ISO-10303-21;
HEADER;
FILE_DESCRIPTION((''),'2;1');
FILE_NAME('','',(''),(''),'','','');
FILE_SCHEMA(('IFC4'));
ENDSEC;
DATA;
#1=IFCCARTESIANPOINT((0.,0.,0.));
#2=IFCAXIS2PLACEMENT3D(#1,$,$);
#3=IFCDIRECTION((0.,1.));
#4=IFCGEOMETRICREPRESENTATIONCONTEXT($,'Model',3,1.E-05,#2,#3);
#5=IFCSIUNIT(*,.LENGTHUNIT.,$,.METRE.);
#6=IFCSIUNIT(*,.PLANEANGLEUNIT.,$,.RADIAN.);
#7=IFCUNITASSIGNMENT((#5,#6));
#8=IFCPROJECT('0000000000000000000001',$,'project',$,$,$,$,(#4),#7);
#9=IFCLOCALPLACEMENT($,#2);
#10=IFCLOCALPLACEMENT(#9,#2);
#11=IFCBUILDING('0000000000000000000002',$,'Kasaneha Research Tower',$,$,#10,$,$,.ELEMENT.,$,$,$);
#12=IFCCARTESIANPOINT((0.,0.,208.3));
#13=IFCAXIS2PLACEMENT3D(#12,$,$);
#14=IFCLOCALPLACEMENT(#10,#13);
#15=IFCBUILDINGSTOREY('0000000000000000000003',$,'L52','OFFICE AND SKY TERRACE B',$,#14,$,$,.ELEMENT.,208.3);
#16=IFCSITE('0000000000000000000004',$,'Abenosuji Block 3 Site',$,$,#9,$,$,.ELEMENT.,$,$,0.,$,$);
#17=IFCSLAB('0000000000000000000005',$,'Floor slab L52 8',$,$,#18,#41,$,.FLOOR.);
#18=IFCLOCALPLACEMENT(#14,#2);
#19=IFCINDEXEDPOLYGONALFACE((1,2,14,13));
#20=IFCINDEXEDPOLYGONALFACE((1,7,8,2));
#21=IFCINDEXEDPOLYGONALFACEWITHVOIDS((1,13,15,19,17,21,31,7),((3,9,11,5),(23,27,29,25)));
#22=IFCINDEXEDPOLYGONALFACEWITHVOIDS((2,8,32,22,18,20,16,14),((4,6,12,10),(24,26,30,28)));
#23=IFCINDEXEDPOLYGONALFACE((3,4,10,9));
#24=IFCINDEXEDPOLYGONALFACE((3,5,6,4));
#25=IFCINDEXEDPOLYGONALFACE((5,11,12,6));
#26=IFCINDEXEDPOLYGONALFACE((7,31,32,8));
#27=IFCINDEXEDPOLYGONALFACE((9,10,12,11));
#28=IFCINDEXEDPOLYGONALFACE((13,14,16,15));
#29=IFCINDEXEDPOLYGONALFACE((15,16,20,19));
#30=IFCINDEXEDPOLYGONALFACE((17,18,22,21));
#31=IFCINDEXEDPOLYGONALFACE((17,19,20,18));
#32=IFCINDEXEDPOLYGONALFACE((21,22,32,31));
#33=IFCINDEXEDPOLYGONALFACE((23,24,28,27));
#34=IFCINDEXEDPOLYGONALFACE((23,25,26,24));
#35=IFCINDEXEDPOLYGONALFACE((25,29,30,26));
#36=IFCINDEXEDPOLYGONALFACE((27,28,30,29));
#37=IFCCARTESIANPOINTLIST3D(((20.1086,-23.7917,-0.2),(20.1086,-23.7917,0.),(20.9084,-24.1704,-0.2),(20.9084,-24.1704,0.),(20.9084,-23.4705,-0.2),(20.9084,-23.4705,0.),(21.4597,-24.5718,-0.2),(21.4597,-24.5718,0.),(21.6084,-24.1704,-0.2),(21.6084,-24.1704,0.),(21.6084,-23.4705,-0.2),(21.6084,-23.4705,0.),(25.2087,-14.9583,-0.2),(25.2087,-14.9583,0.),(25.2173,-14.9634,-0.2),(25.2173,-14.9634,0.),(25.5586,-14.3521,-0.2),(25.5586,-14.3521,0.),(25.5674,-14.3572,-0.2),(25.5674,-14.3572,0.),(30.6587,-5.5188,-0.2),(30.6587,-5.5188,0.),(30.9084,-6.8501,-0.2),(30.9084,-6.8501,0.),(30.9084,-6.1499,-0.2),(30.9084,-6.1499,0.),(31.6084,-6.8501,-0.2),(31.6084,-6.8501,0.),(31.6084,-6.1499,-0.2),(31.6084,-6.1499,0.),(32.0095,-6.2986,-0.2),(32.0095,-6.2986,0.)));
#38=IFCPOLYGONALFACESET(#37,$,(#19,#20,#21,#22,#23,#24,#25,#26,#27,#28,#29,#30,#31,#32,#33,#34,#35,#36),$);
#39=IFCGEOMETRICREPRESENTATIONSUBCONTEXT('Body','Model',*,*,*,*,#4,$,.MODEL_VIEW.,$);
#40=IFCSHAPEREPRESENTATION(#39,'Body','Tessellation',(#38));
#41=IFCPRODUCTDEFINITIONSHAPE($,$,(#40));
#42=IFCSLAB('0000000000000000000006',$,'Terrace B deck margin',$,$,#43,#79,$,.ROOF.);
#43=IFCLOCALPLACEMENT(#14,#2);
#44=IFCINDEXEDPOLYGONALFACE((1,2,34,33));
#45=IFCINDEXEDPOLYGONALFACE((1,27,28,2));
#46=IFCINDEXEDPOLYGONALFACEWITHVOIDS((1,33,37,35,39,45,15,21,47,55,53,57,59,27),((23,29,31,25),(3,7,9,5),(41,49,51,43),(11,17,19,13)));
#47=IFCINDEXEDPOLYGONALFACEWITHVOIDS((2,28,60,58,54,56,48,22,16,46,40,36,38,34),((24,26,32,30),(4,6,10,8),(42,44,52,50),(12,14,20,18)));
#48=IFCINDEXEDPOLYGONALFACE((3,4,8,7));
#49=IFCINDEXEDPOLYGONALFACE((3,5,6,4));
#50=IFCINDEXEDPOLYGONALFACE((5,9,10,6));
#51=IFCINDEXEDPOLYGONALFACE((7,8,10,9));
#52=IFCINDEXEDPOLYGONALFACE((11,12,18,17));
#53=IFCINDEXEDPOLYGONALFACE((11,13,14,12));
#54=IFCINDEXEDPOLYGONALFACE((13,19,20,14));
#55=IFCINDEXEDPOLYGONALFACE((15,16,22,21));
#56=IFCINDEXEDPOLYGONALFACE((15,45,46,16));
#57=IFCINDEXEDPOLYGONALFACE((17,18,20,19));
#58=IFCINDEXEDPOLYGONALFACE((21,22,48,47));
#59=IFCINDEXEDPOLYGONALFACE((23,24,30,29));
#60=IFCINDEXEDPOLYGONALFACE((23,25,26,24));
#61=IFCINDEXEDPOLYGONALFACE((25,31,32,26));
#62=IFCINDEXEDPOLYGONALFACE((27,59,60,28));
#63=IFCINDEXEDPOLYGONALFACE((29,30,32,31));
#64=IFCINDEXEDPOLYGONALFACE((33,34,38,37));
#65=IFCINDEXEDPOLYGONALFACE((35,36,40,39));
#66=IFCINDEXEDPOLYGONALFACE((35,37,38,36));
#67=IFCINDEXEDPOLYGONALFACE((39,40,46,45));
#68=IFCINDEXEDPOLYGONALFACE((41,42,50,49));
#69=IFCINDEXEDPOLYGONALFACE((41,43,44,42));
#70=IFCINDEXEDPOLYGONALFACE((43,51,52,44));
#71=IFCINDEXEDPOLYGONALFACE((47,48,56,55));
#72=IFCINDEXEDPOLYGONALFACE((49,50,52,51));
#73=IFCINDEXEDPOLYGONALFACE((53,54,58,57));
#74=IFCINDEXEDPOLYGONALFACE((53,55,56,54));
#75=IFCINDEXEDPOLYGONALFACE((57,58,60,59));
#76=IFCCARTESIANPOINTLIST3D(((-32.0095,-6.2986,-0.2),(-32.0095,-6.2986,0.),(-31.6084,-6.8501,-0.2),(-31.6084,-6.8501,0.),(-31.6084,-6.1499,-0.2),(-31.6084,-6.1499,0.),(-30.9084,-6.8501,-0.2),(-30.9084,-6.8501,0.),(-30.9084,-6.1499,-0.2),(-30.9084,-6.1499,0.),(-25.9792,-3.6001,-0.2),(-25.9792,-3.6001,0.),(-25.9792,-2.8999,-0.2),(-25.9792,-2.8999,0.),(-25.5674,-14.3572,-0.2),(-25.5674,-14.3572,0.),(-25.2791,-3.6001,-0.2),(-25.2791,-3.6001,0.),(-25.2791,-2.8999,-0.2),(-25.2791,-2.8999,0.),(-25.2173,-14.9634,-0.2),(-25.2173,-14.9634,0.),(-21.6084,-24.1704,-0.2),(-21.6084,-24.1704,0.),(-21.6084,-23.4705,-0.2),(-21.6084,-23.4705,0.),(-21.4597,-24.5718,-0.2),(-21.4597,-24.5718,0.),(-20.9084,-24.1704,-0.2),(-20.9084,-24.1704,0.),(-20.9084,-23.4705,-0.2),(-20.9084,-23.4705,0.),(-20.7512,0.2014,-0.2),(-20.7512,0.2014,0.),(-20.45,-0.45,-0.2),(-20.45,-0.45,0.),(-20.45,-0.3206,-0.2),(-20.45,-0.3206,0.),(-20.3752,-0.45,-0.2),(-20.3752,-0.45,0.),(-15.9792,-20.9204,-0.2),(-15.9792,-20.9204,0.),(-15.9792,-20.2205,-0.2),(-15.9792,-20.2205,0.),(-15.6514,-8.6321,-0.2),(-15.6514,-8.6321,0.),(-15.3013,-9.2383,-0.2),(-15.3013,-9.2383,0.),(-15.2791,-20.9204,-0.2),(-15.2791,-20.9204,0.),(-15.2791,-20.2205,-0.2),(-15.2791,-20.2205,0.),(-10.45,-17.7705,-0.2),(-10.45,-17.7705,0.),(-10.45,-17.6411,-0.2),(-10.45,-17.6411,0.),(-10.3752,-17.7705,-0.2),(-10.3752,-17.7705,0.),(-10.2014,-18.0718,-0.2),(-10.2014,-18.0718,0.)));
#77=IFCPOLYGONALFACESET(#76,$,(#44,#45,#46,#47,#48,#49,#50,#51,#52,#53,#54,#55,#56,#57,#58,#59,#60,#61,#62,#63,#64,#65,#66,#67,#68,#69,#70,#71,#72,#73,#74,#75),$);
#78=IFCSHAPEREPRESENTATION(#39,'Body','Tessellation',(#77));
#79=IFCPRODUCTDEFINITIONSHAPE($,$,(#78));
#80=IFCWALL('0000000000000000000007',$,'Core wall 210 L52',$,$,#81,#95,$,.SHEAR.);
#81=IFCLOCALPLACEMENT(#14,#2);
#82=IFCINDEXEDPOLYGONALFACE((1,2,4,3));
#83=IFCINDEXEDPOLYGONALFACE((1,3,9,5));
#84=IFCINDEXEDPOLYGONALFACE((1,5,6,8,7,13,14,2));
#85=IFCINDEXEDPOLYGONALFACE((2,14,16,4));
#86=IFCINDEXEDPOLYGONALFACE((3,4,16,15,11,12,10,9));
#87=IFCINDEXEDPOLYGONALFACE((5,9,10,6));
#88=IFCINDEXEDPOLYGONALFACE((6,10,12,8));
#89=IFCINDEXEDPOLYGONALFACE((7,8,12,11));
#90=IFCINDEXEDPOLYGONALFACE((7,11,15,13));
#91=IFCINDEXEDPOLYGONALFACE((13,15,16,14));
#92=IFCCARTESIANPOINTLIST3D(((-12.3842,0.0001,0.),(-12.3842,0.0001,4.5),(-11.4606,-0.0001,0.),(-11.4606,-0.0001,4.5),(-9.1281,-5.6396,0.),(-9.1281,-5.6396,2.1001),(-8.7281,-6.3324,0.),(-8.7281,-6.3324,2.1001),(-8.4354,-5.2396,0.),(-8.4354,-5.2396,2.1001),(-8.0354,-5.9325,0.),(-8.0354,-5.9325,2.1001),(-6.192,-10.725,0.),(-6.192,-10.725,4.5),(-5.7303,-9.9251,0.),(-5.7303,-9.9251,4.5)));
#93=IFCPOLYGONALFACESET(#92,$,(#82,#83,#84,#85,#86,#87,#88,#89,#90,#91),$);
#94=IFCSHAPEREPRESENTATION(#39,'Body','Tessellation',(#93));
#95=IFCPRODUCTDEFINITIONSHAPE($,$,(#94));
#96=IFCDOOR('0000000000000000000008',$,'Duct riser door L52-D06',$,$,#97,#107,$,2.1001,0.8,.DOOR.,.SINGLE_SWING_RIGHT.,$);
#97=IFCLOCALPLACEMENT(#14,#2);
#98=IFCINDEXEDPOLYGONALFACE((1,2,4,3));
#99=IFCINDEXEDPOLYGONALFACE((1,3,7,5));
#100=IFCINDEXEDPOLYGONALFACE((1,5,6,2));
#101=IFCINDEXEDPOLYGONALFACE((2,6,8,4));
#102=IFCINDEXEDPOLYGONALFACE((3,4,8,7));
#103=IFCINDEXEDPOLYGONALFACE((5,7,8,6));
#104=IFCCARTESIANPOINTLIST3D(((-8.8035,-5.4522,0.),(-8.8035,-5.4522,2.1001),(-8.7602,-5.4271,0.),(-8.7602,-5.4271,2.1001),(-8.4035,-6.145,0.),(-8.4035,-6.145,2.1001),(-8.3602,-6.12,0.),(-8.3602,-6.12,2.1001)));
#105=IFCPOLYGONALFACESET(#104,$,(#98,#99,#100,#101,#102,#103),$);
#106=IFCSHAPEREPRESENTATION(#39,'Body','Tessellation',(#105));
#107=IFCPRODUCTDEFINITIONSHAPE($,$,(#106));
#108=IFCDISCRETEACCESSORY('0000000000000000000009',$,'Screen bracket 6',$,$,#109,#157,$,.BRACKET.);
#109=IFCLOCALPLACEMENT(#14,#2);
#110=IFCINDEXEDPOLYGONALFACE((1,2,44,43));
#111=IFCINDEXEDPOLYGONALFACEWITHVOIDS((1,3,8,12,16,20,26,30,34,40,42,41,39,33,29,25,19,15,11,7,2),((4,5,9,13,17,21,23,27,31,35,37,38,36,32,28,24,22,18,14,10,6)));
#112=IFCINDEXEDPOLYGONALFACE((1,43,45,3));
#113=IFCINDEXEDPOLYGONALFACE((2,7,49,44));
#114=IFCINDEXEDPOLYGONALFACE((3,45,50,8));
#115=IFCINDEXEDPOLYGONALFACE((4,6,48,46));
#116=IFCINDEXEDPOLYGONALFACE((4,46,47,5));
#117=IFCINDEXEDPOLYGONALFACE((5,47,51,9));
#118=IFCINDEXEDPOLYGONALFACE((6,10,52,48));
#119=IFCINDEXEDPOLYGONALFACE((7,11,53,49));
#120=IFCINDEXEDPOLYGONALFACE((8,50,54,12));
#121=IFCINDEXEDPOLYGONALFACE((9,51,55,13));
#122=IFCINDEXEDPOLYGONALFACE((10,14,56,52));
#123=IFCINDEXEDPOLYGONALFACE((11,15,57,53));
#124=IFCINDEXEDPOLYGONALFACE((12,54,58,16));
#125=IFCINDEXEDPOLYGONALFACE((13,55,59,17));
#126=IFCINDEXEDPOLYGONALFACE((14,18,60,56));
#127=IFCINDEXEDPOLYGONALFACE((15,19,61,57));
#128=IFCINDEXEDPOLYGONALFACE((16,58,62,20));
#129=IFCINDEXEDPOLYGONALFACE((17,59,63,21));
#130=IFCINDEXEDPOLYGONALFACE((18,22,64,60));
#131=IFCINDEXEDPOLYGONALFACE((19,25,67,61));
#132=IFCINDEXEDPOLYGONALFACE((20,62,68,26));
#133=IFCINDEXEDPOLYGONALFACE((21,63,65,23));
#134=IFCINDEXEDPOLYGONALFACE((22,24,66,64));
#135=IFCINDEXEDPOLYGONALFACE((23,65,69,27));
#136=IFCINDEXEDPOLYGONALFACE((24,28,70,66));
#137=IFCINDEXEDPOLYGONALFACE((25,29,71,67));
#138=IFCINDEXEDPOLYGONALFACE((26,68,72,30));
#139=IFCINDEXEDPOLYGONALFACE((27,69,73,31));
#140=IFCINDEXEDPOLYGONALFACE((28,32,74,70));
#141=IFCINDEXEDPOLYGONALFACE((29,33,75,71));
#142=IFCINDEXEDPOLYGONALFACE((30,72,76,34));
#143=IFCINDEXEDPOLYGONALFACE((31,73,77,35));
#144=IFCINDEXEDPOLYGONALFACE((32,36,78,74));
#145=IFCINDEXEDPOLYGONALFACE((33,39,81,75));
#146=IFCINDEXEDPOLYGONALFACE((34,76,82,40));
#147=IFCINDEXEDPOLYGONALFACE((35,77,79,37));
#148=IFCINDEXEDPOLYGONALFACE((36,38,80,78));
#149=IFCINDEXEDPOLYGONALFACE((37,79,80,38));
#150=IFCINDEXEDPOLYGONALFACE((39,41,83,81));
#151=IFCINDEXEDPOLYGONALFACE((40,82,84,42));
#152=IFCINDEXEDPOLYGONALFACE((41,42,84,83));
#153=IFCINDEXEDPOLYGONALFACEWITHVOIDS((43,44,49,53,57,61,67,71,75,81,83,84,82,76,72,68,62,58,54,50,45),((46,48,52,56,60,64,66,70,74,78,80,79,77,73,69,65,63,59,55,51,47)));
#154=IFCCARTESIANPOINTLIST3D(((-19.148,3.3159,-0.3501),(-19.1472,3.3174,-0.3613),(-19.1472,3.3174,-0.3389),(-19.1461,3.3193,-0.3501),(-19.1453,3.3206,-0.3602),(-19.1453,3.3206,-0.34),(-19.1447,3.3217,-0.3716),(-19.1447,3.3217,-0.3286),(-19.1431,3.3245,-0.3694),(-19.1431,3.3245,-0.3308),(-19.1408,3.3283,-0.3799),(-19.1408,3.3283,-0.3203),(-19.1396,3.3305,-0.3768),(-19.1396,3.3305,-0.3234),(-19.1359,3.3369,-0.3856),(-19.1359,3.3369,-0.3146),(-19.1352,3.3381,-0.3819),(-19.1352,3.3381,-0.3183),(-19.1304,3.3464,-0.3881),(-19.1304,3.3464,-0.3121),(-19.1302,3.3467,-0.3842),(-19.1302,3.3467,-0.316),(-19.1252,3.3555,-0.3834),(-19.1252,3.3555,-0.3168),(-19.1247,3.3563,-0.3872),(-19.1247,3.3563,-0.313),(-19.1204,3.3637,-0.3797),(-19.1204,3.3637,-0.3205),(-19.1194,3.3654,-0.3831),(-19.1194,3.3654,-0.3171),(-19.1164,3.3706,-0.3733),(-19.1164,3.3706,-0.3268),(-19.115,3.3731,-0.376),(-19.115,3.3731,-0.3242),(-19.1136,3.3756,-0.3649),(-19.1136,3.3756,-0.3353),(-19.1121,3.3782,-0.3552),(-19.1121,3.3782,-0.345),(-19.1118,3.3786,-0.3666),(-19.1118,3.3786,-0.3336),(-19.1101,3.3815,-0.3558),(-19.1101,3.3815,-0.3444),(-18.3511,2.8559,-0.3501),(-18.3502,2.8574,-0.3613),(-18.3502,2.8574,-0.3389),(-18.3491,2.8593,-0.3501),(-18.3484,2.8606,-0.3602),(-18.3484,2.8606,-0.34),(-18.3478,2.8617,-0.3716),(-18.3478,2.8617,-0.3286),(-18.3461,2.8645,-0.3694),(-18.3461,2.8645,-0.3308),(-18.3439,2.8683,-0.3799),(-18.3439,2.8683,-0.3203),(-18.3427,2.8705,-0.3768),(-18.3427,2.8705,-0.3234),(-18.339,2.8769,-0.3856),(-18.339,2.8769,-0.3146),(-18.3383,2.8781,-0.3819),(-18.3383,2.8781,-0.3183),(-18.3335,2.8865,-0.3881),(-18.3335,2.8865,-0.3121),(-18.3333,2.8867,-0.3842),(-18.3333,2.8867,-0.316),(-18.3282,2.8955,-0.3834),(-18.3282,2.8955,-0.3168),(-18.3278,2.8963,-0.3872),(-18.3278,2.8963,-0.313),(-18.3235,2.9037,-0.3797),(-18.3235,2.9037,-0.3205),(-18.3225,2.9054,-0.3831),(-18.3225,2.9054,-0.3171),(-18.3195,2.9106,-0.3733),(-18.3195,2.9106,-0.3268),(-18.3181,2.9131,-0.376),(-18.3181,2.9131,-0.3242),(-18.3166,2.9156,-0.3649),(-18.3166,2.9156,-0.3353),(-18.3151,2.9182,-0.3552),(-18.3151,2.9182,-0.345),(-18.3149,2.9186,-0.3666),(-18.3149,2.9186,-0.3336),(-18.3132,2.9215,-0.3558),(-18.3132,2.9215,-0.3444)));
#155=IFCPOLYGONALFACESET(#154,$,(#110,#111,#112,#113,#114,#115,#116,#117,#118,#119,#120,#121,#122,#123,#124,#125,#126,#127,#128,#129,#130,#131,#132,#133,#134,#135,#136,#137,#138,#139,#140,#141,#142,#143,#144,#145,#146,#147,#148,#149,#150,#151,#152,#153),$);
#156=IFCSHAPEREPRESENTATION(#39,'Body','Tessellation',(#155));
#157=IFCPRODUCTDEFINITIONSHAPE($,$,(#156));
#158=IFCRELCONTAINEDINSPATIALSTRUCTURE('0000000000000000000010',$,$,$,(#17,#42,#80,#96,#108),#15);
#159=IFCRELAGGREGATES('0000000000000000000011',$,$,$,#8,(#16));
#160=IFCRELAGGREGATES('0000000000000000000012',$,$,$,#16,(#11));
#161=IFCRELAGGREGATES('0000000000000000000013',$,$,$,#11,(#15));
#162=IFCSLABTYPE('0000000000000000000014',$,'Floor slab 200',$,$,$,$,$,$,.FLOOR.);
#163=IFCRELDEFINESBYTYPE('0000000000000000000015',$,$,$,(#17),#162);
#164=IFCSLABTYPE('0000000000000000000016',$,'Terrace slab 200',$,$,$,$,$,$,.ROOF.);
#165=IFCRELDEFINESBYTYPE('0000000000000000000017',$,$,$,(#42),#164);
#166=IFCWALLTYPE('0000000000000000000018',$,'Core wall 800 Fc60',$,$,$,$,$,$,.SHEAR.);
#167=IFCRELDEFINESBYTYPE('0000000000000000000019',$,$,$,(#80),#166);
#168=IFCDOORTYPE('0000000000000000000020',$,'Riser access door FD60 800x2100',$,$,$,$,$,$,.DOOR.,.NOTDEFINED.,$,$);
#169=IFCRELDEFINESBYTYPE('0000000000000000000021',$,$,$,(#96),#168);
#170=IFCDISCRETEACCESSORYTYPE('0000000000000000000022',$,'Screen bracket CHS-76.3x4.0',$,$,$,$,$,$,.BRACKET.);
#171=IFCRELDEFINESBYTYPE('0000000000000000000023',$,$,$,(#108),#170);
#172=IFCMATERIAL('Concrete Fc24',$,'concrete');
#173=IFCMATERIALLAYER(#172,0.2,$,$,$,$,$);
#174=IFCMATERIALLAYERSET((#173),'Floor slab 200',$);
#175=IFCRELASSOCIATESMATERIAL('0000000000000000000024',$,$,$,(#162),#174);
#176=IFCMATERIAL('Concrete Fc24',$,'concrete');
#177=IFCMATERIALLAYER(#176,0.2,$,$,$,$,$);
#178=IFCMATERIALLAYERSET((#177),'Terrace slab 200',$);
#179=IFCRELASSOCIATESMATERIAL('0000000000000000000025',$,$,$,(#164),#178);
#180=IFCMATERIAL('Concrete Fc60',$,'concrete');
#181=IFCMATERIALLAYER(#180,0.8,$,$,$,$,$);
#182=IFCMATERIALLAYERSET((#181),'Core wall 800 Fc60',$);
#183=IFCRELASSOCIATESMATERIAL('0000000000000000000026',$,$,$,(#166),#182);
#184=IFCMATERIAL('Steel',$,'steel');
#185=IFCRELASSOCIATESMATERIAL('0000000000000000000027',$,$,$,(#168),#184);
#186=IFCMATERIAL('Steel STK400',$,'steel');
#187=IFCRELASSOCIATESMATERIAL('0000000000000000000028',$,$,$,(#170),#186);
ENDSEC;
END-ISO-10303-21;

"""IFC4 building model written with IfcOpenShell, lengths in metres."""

from ifc_helpers import new_model, si_unit, direction, frame, frame_2d, origin, origin_2d, place, context, subcontext, project, spatial, polyline, rectangle, hollow_circle, outline, extrude, material, layer, layer_set, material_profile, profile_set, type_object, element, fill, save


model = new_model("IFC4")

# Units and contexts
model_context = context("Model", 3, precision=1e-05, world=origin(), true_north=direction((0.0, 1.0)))
body_context = subcontext(model_context, "Body", "Model", "MODEL_VIEW")
ifc_project = project(units=[si_unit("LENGTHUNIT", "METRE"), si_unit("PLANEANGLEUNIT", "RADIAN")], contexts=[model_context])

# Site, building, storey
site_placement = place(None, origin())
site = spatial("IfcSite", under=ifc_project, at=site_placement, Name="Abenosuji Block 3 Site", CompositionType="ELEMENT", RefElevation=0.0)
building_placement = place(site_placement, origin())
building = spatial("IfcBuilding", under=site, at=building_placement, Name="Kasaneha Research Tower", CompositionType="ELEMENT")
storey_placement = place(building_placement, frame((0.0, 0.0, 208.3)))
storey = spatial("IfcBuildingStorey", under=building, at=storey_placement, Name="L52", Description="OFFICE AND SKY TERRACE B", CompositionType="ELEMENT", Elevation=208.3)

# Slabs
ifc_material_1 = material(Name="Concrete Fc24", Category="concrete")
ifc_layer_1 = layer(ifc_material_1, 0.2)
ifc_layer_set_1 = layer_set([ifc_layer_1], Name="Floor slab 200")
slab_type_1 = type_object("IfcSlabType", Name="Floor slab 200", PredefinedType="FLOOR", material=ifc_layer_set_1)
slab_1_placement = place(storey_placement, frame((0.0, 0.0, -0.2)))
element("IfcSlab", 1, at=slab_1_placement, inside=storey, type_object=slab_type_1, Name="Floor slab L52 8", PredefinedType="FLOOR", context=body_context, shape_type="SweptSolid", body=[
    extrude(outline(polyline([(25.2173, -14.9634), (25.5674, -14.3572), (25.5586, -14.3521), (30.6587, -5.5188), (32.0095, -6.2986), (21.4597, -24.5718), (20.1086, -23.7917), (25.2087, -14.9583), (25.2173, -14.9634)]), holes=[polyline([(20.9084, -24.1704), (21.6084, -24.1704), (21.6084, -23.4705), (20.9084, -23.4705), (20.9084, -24.1704)]), polyline([(30.9084, -6.8501), (31.6084, -6.8501), (31.6084, -6.1499), (30.9084, -6.1499), (30.9084, -6.8501)])]), origin(), (0.0, 0.0, 1.0), 0.2),
])
ifc_material_2 = material(Name="Concrete Fc24", Category="concrete")
ifc_layer_2 = layer(ifc_material_2, 0.2)
ifc_layer_set_2 = layer_set([ifc_layer_2], Name="Terrace slab 200")
slab_type_2 = type_object("IfcSlabType", Name="Terrace slab 200", PredefinedType="ROOF", material=ifc_layer_set_2)
slab_2_placement = place(storey_placement, frame((0.0, 0.0, -0.2)))
element("IfcSlab", 2, at=slab_2_placement, inside=storey, type_object=slab_type_2, Name="Terrace B deck margin", PredefinedType="ROOF", context=body_context, shape_type="SweptSolid", body=[
    extrude(outline(polyline([(-21.4597, -24.5718), (-32.0095, -6.2986), (-20.7512, 0.2014), (-20.45, -0.3206), (-20.45, -0.45), (-20.3752, -0.45), (-15.6514, -8.6321), (-25.5674, -14.3572), (-25.2173, -14.9634), (-15.3013, -9.2383), (-10.45, -17.6411), (-10.45, -17.7705), (-10.3752, -17.7705), (-10.2014, -18.0718), (-21.4597, -24.5718)]), holes=[polyline([(-20.9084, -23.4705), (-21.6084, -23.4705), (-21.6084, -24.1704), (-20.9084, -24.1704), (-20.9084, -23.4705)]), polyline([(-15.2791, -20.9204), (-15.2791, -20.2205), (-15.9792, -20.2205), (-15.9792, -20.9204), (-15.2791, -20.9204)]), polyline([(-30.9084, -6.1499), (-31.6084, -6.1499), (-31.6084, -6.8501), (-30.9084, -6.8501), (-30.9084, -6.1499)]), polyline([(-25.2791, -3.6001), (-25.2791, -2.8999), (-25.9792, -2.8999), (-25.9792, -3.6001), (-25.2791, -3.6001)])]), origin(), (0.0, 0.0, 1.0), 0.2),
])

# Wall, opening, door
ifc_material_3 = material(Name="Concrete Fc60", Category="concrete")
ifc_layer_3 = layer(ifc_material_3, 0.8)
ifc_layer_set_3 = layer_set([ifc_layer_3], Name="Core wall 800 Fc60")
wall_type = type_object("IfcWallType", Name="Core wall 800 Fc60", PredefinedType="SHEAR", material=ifc_layer_set_3)
wall_1_placement = place(storey_placement, frame((-11.9224, 0.0, 0.0), z_axis=(0.0, 0.0, 1.0), x_axis=(0.500004, -0.866023, 0.0)))
wall_1 = element("IfcWall", 3, at=wall_1_placement, inside=storey, type_object=wall_type, Name="Core wall 210 L52", PredefinedType="SHEAR", context=body_context, shape_type="SweptSolid", body=[
    extrude(outline(polyline([(-0.231, -0.3999), (6.2812, -0.3999), (7.0813, -0.3999), (12.1533, -0.3999), (11.6914, 0.3999), (7.0813, 0.3999), (6.2812, 0.3999), (0.231, 0.3999), (-0.231, -0.3999)])), origin(), (0.0, 0.0, 1.0), 4.5),
])
opening_1_placement = place(wall_1_placement, frame((6.2812, 0.0, 0.0)))
opening_1 = element("IfcOpeningElement", 4, at=opening_1_placement, cuts=wall_1, PredefinedType="OPENING", context=body_context, shape_type="SweptSolid", body=[
    extrude(rectangle(XDim=0.8, YDim=2.1001, at=frame_2d((0.3999, 1.05))), frame((0.0, 0.4102, 0.0), z_axis=(0.0, -1.0, 0.0), x_axis=(1.0, 0.0, 0.0)), (0.0, 0.0, 1.0), 0.8201),
])
ifc_material_4 = material(Name="Steel", Category="steel")
door_type_1 = type_object("IfcDoorType", Name="Riser access door FD60 800x2100", OperationType="NOTDEFINED", PredefinedType="DOOR", material=ifc_material_4)
door_1_placement = place(opening_1_placement, origin())
door_1 = element("IfcDoor", 5, at=door_1_placement, inside=storey, type_object=door_type_1, Name="Duct riser door L52-D06", OperationType="SINGLE_SWING_RIGHT", OverallHeight=2.1001, OverallWidth=0.8, PredefinedType="DOOR", context=body_context, shape_type="SweptSolid", body=[
    extrude(rectangle(XDim=0.8, YDim=2.1001, at=frame_2d((0.3999, 1.05))), frame((0.0, 0.0249, 0.0), z_axis=(0.0, -1.0, 0.0), x_axis=(1.0, 0.0, 0.0)), (0.0, 0.0, 1.0), 0.05),
])
fill(opening_1, door_1)

# Discrete accessory
ifc_material_5 = material(Name="Steel STK400", Category="steel")
ifc_material_profile_1 = material_profile(ifc_material_5, hollow_circle(Radius=0.0381, WallThickness=0.0039, at=origin_2d()), Name="CHS-76.3x4.0")
ifc_profile_set_1 = profile_set([ifc_material_profile_1], Name="Steel STK400")
discrete_accessory_type = type_object("IfcDiscreteAccessoryType", Name="Screen bracket CHS-76.3x4.0", PredefinedType="BRACKET", material=ifc_profile_set_1)
discrete_accessory_placement = place(storey_placement, frame((-18.332, 2.8889, -0.3501), z_axis=(-0.86608, 0.499906, 0.0), x_axis=(-0.499906, -0.86608, 0.0)))
element("IfcDiscreteAccessory", 6, at=discrete_accessory_placement, inside=storey, type_object=discrete_accessory_type, Name="Screen bracket 6", PredefinedType="BRACKET", context=body_context, shape_type="SweptSolid", body=[
    extrude(hollow_circle(Radius=0.0381, WallThickness=0.0039, at=origin_2d()), origin(), (0.0, 0.0, 1.0), 0.9202),
])

save(model, "model.ifc")
